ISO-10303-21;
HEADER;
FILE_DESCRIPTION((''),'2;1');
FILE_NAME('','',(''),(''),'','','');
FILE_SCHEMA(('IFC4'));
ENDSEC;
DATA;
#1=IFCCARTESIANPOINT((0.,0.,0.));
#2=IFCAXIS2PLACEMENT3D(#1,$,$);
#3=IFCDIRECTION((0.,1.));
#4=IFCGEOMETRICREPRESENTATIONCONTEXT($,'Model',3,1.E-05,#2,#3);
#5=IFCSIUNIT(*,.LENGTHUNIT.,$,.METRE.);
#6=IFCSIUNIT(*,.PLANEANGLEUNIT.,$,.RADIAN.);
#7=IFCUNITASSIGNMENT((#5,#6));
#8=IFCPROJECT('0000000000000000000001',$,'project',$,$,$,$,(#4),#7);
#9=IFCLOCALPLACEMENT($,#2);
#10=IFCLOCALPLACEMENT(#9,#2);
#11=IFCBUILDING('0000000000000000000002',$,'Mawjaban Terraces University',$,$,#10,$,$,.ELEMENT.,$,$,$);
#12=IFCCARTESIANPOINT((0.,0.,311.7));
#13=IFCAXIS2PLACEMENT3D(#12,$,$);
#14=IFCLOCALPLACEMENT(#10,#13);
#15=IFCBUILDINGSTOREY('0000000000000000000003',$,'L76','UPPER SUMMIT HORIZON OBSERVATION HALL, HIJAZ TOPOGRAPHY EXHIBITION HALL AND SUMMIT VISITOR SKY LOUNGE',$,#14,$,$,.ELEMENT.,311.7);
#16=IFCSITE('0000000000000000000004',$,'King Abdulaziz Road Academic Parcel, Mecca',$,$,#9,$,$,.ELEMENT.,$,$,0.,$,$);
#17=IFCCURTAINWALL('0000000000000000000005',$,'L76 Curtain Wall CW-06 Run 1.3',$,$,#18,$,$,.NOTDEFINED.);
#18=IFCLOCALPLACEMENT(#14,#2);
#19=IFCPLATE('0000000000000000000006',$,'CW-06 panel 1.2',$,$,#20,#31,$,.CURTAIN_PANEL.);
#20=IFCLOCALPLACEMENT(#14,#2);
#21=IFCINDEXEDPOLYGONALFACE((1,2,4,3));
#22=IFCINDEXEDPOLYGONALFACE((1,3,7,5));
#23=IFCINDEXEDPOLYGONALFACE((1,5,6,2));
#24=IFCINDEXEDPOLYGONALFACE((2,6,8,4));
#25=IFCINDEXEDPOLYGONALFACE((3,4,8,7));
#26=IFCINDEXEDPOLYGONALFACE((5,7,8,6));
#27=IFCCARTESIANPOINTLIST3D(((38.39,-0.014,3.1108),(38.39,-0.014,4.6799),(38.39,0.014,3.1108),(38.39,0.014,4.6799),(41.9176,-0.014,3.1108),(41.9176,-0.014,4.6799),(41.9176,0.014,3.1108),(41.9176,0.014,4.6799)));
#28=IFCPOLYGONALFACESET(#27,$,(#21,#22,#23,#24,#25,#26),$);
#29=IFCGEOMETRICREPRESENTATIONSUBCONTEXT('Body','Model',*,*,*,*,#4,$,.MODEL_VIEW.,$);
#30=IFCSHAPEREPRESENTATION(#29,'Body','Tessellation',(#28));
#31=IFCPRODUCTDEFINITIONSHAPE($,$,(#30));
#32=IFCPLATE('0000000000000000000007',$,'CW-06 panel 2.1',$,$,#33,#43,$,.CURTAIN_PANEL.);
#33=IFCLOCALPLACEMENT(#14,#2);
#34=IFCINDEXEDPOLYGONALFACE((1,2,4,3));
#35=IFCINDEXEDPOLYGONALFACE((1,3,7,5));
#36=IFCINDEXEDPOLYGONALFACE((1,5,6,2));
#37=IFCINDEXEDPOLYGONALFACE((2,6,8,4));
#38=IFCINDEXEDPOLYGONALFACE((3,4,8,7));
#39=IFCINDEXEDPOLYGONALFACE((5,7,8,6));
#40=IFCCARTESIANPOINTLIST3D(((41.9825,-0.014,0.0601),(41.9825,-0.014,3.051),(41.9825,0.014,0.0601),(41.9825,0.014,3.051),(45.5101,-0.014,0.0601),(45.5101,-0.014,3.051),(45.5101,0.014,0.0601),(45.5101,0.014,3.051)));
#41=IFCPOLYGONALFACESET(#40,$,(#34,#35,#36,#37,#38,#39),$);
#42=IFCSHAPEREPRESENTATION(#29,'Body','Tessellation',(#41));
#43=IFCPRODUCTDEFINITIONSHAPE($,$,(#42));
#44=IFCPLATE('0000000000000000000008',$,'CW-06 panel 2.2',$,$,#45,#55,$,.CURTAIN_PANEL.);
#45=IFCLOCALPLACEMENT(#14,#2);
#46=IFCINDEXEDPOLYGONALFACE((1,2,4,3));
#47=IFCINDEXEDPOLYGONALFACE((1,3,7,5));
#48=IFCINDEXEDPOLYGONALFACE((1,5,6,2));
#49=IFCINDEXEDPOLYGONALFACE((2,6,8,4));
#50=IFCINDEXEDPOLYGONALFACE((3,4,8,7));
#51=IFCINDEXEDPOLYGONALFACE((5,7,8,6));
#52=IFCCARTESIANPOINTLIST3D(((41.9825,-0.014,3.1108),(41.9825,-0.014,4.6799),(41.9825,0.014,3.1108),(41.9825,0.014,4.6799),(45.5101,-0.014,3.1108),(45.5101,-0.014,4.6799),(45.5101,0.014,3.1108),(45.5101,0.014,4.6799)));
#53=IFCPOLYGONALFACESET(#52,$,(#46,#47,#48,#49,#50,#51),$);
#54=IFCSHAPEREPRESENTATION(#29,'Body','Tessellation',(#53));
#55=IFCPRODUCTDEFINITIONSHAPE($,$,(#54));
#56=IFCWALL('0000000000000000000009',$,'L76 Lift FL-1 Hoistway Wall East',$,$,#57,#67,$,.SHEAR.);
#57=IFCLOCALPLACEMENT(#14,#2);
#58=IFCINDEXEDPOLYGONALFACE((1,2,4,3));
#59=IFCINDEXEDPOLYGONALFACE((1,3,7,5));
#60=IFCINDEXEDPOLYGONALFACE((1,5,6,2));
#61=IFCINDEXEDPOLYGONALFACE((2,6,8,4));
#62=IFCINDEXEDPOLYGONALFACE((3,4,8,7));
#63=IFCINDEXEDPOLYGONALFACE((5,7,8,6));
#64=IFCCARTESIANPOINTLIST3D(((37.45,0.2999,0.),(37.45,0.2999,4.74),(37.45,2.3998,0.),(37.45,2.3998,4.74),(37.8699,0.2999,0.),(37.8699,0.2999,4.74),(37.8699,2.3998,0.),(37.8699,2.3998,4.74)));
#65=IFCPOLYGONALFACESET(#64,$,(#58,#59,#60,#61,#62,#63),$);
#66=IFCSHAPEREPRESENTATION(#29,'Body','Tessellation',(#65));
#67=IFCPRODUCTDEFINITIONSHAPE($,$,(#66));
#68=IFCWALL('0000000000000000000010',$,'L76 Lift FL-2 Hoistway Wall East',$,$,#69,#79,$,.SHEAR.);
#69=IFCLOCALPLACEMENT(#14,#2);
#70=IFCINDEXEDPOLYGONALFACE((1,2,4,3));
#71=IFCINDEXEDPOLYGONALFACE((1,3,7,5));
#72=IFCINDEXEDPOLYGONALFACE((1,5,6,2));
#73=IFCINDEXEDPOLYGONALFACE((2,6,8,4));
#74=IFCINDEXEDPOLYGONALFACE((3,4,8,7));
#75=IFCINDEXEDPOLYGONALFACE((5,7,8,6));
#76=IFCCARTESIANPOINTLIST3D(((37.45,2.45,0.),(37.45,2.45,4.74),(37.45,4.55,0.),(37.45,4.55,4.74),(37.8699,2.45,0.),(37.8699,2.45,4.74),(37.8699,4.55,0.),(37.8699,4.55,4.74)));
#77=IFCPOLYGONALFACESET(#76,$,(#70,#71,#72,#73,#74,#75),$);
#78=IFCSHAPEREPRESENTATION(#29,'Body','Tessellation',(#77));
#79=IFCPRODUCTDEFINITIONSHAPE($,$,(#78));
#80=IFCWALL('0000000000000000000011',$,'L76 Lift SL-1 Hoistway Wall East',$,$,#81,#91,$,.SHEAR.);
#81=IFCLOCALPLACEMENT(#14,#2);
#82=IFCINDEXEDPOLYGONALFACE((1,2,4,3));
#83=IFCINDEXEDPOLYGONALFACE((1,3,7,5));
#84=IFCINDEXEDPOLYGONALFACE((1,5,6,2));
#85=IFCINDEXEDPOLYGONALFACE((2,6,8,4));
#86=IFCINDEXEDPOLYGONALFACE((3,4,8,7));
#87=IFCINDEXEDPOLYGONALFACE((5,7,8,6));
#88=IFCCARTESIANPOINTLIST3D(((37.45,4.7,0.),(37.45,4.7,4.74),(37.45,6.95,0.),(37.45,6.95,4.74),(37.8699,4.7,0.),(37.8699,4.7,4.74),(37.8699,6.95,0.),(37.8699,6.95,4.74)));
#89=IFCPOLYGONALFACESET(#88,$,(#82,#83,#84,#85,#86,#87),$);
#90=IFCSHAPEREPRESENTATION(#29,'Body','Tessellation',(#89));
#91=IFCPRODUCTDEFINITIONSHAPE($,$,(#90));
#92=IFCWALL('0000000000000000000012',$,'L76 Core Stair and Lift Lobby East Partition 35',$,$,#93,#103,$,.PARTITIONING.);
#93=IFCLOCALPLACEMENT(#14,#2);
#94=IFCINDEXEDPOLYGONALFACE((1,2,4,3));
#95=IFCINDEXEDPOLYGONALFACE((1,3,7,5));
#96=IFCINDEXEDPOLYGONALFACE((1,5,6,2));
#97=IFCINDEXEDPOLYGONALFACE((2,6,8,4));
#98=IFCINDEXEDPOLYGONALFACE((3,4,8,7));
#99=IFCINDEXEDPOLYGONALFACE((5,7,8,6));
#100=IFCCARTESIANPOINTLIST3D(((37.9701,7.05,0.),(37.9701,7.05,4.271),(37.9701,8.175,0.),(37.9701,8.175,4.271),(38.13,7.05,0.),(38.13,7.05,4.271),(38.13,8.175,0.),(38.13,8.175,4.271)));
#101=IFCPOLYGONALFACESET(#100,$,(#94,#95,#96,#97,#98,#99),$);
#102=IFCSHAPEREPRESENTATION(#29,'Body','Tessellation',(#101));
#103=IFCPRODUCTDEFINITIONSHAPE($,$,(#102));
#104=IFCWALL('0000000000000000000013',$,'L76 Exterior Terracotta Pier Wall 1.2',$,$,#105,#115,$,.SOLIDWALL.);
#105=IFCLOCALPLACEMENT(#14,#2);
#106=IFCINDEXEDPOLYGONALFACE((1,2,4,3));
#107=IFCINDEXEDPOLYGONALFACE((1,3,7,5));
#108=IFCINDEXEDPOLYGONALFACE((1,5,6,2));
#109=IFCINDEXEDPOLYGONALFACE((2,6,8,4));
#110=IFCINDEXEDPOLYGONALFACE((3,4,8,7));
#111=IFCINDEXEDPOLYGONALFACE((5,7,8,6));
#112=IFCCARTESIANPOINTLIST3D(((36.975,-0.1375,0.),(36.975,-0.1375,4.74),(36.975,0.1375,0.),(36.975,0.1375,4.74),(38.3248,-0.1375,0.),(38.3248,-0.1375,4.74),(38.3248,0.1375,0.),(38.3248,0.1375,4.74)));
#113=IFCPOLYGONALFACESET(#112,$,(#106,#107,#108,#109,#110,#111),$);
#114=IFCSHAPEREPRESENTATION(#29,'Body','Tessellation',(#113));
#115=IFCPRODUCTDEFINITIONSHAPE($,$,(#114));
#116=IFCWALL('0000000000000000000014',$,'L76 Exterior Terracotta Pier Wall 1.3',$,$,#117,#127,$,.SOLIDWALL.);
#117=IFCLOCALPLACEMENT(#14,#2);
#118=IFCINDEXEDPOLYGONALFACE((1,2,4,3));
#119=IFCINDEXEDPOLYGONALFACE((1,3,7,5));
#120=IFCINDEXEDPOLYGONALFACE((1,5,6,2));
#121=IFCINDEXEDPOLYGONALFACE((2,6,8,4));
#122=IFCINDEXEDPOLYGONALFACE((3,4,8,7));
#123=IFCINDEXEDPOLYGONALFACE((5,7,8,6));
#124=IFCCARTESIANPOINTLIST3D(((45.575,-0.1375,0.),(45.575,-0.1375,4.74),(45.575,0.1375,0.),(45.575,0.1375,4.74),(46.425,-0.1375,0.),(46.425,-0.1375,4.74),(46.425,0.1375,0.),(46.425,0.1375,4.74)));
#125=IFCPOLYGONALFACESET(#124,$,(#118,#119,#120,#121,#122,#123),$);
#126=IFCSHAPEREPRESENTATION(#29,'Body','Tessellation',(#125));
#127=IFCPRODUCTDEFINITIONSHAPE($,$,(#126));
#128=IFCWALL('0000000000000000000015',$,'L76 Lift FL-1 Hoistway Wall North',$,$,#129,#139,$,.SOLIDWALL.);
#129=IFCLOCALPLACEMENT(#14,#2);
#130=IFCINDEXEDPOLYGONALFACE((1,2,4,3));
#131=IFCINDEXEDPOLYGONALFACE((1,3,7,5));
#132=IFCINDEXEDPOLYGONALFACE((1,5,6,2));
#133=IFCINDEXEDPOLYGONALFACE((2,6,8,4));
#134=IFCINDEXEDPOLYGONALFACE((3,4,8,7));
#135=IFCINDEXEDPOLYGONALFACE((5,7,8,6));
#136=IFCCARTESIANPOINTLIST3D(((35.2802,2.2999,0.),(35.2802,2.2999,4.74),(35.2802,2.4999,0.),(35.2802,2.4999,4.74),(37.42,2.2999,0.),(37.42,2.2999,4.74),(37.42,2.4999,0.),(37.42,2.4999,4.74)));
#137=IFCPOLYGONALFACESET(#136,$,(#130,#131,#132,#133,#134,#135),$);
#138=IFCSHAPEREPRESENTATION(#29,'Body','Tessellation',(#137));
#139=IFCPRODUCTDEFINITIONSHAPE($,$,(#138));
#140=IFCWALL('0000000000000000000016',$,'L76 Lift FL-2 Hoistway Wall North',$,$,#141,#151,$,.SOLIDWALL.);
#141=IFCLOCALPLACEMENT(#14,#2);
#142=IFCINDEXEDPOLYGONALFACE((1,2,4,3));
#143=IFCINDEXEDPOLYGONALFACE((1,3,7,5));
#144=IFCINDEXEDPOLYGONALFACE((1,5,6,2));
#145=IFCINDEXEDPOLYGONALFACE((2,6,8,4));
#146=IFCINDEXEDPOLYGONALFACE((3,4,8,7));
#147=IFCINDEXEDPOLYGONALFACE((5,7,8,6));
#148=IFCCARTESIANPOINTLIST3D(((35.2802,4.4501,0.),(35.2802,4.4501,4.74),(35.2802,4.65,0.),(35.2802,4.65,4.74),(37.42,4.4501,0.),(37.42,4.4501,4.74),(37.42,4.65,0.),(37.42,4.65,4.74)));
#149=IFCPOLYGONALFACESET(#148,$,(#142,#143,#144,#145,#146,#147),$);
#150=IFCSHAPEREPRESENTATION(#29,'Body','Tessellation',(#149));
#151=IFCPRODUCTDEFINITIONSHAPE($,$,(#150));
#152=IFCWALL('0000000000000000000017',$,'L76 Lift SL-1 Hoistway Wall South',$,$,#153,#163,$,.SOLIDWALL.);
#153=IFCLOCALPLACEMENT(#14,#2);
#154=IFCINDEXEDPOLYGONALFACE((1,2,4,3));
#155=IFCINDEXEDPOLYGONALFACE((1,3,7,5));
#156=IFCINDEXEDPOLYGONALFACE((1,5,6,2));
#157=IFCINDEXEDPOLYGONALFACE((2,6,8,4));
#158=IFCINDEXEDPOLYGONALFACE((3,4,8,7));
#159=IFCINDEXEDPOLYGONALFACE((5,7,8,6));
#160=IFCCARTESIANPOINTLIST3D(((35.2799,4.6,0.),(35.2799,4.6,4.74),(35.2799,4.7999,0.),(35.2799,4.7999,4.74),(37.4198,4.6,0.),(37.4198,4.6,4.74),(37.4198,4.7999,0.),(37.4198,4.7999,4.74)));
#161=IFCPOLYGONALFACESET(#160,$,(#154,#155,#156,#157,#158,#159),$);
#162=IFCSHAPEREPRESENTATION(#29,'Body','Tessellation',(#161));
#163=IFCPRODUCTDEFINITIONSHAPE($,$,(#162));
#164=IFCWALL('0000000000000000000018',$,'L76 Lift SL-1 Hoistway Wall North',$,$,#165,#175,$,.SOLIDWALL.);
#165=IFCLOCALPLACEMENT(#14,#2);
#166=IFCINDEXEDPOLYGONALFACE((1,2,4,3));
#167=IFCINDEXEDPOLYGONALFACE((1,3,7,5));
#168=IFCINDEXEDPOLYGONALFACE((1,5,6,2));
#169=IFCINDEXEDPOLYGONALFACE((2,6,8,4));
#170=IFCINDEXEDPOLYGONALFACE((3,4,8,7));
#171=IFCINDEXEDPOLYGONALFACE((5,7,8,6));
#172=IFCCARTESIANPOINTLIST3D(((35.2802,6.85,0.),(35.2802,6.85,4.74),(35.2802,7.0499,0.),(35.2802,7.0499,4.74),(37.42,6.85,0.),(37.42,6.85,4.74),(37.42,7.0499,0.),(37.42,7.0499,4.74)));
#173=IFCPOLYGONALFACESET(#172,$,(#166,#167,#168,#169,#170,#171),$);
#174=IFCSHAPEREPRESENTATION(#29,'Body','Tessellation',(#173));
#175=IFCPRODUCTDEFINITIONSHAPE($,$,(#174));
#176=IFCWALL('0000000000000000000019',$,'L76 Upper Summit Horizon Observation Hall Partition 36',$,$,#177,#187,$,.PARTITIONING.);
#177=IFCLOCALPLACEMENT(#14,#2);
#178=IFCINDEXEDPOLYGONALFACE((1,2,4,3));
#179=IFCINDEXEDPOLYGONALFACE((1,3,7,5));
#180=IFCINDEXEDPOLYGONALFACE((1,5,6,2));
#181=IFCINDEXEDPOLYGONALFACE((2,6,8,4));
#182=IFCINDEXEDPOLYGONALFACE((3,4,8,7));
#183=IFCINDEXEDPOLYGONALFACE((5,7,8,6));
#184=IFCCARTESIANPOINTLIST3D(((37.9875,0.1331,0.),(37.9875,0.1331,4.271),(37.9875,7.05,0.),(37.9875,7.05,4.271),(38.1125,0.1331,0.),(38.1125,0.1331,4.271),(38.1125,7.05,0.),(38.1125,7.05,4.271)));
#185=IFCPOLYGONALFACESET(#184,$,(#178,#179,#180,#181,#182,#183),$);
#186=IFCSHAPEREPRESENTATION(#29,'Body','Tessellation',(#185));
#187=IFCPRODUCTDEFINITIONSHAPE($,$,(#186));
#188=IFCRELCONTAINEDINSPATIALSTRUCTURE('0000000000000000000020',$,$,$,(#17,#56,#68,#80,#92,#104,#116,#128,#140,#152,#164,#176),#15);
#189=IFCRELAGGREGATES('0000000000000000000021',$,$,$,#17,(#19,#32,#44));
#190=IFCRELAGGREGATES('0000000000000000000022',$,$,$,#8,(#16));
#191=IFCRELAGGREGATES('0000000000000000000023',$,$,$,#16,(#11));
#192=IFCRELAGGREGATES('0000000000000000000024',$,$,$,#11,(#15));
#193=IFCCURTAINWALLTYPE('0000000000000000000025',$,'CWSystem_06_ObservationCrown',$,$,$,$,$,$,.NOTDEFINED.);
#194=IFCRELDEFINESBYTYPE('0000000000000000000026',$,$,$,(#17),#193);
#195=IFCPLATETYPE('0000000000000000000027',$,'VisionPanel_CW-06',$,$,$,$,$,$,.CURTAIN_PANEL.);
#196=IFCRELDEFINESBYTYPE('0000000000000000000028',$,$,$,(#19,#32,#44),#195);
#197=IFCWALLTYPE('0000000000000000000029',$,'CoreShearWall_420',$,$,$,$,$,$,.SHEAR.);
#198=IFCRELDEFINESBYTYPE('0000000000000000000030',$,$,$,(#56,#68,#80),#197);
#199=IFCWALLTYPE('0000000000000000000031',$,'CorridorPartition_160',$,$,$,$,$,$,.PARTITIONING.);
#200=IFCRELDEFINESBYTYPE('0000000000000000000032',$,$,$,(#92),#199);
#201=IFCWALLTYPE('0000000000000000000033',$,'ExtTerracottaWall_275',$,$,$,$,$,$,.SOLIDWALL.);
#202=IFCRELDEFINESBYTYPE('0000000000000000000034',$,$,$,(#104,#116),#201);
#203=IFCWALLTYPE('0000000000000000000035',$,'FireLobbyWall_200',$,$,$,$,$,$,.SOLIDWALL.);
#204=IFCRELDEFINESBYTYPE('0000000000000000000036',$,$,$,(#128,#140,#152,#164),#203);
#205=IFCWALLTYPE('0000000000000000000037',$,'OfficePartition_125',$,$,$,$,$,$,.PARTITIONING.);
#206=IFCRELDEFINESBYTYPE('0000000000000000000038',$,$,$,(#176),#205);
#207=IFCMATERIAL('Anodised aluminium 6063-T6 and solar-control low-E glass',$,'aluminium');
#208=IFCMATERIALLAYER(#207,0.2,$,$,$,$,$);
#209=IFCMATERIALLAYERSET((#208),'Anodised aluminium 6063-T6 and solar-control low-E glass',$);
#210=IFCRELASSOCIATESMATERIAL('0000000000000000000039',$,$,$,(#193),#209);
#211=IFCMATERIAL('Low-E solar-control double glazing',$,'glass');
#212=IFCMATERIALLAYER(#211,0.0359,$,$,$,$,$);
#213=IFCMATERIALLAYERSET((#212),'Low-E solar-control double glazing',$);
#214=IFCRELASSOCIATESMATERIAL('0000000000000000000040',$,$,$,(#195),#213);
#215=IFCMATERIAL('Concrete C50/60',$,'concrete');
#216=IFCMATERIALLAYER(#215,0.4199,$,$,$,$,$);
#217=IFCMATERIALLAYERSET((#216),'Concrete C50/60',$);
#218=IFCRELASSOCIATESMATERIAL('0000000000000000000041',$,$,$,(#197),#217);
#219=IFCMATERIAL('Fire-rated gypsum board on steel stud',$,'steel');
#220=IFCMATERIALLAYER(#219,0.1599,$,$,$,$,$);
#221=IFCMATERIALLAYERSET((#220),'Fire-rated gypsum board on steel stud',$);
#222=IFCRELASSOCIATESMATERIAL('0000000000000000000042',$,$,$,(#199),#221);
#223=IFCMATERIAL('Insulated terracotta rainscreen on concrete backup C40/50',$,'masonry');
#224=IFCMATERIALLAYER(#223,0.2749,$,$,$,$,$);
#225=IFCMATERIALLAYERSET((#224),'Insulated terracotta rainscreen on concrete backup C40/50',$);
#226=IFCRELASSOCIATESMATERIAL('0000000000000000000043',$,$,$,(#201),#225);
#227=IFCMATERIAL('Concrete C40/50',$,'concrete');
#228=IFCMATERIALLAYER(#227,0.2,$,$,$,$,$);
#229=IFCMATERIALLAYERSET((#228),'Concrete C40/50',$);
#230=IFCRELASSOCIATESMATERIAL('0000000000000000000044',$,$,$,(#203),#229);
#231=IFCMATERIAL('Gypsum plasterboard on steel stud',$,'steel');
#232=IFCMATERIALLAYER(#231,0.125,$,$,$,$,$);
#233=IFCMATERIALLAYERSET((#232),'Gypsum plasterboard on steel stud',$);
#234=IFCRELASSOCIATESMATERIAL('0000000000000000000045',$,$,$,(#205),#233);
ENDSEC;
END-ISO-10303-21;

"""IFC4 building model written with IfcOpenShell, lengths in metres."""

from ifc_helpers import new_model, si_unit, direction, frame, frame_2d, origin, origin_2d, place, context, subcontext, project, spatial, rectangle, extrude, material, layer, layer_set, type_object, element, aggregate, save


model = new_model("IFC4")

# Units and contexts
model_context = context("Model", 3, precision=1e-05, world=origin(), true_north=direction((0.0, 1.0)))
body_context = subcontext(model_context, "Body", "Model", "MODEL_VIEW")
ifc_project = project(units=[si_unit("LENGTHUNIT", "METRE"), si_unit("PLANEANGLEUNIT", "RADIAN")], contexts=[model_context])

# Site, building, storey
site_placement = place(None, origin())
site = spatial("IfcSite", under=ifc_project, at=site_placement, Name="King Abdulaziz Road Academic Parcel, Mecca", CompositionType="ELEMENT", RefElevation=0.0)
building_placement = place(site_placement, origin())
building = spatial("IfcBuilding", under=site, at=building_placement, Name="Mawjaban Terraces University", CompositionType="ELEMENT")
storey_placement = place(building_placement, frame((0.0, 0.0, 311.7)))
storey = spatial("IfcBuildingStorey", under=building, at=storey_placement, Name="L76", Description="UPPER SUMMIT HORIZON OBSERVATION HALL, HIJAZ TOPOGRAPHY EXHIBITION HALL AND SUMMIT VISITOR SKY LOUNGE", CompositionType="ELEMENT", Elevation=311.7)

# Shared definitions
ifc_material_1 = material(Name="Concrete C50/60", Category="concrete")

# Shared definitions
ifc_material_2 = material(Name="Anodised aluminium 6063-T6 and solar-control low-E glass", Category="aluminium")
ifc_layer_1 = layer(ifc_material_2, 0.2)
ifc_layer_set_1 = layer_set([ifc_layer_1], Name="Anodised aluminium 6063-T6 and solar-control low-E glass")
curtain_wall_type = type_object("IfcCurtainWallType", Name="CWSystem_06_ObservationCrown", PredefinedType="NOTDEFINED", material=ifc_layer_set_1)

# Curtain wall, plates
curtain_wall_1_placement = place(storey_placement, origin())
curtain_wall_1 = element("IfcCurtainWall", 1, at=curtain_wall_1_placement, inside=storey, type_object=curtain_wall_type, Name="L76 Curtain Wall CW-06 Run 1.3", PredefinedType="NOTDEFINED")
ifc_material_3 = material(Name="Low-E solar-control double glazing", Category="glass")
ifc_layer_2 = layer(ifc_material_3, 0.0359)
ifc_layer_set_2 = layer_set([ifc_layer_2], Name="Low-E solar-control double glazing")
plate_type = type_object("IfcPlateType", Name="VisionPanel_CW-06", PredefinedType="CURTAIN_PANEL", material=ifc_layer_set_2)
plate_1_placement = place(storey_placement, frame((40.1538, 0.0, 3.1108), z_axis=(0.0, 0.0, 1.0), x_axis=(1.0, 0.0, 0.0)))
plate_1 = element("IfcPlate", 2, at=plate_1_placement, type_object=plate_type, Name="CW-06 panel 1.2", PredefinedType="CURTAIN_PANEL", context=body_context, shape_type="SweptSolid", body=[
    extrude(rectangle(XDim=3.5276, YDim=0.0281, at=origin_2d()), origin(), (0.0, 0.0, 1.0), 1.5691),
])
plate_2_placement = place(storey_placement, frame((43.7463, 0.0, 0.0601), z_axis=(0.0, 0.0, 1.0), x_axis=(1.0, 0.0, 0.0)))
plate_2 = element("IfcPlate", 3, at=plate_2_placement, type_object=plate_type, Name="CW-06 panel 2.1", PredefinedType="CURTAIN_PANEL", context=body_context, shape_type="SweptSolid", body=[
    extrude(rectangle(XDim=3.5276, YDim=0.0281, at=origin_2d()), origin(), (0.0, 0.0, 1.0), 2.991),
])
plate_3_placement = place(storey_placement, frame((43.7463, 0.0, 3.1108), z_axis=(0.0, 0.0, 1.0), x_axis=(1.0, 0.0, 0.0)))
plate_3 = element("IfcPlate", 4, at=plate_3_placement, type_object=plate_type, Name="CW-06 panel 2.2", PredefinedType="CURTAIN_PANEL", context=body_context, shape_type="SweptSolid", body=[
    extrude(rectangle(XDim=3.5276, YDim=0.0281, at=origin_2d()), origin(), (0.0, 0.0, 1.0), 1.5691),
])
aggregate(curtain_wall_1, [plate_1, plate_2, plate_3])

# Walls
ifc_layer_3 = layer(ifc_material_1, 0.4199)
ifc_layer_set_3 = layer_set([ifc_layer_3], Name="Concrete C50/60")
wall_type_1 = type_object("IfcWallType", Name="CoreShearWall_420", PredefinedType="SHEAR", material=ifc_layer_set_3)
wall_1_placement = place(storey_placement, frame((37.6599, 0.3, 0.0), z_axis=(0.0, 0.0, 1.0), x_axis=(0.0, 1.0, 0.0)))
element("IfcWall", 5, at=wall_1_placement, inside=storey, type_object=wall_type_1, Name="L76 Lift FL-1 Hoistway Wall East", PredefinedType="SHEAR", context=body_context, shape_type="SweptSolid", body=[
    extrude(rectangle(XDim=2.0999, YDim=0.4199, at=frame_2d((1.0498, 0.0))), origin(), (0.0, 0.0, 1.0), 4.74),
])
wall_2_placement = place(storey_placement, frame((37.6599, 2.45, 0.0), z_axis=(0.0, 0.0, 1.0), x_axis=(0.0, 1.0, 0.0)))
element("IfcWall", 6, at=wall_2_placement, inside=storey, type_object=wall_type_1, Name="L76 Lift FL-2 Hoistway Wall East", PredefinedType="SHEAR", context=body_context, shape_type="SweptSolid", body=[
    extrude(rectangle(XDim=2.1001, YDim=0.4199, at=frame_2d((1.05, 0.0))), origin(), (0.0, 0.0, 1.0), 4.74),
])
wall_3_placement = place(storey_placement, frame((37.6599, 4.7, 0.0), z_axis=(0.0, 0.0, 1.0), x_axis=(0.0, 1.0, 0.0)))
element("IfcWall", 7, at=wall_3_placement, inside=storey, type_object=wall_type_1, Name="L76 Lift SL-1 Hoistway Wall East", PredefinedType="SHEAR", context=body_context, shape_type="SweptSolid", body=[
    extrude(rectangle(XDim=2.25, YDim=0.4199, at=frame_2d((1.125, 0.0))), origin(), (0.0, 0.0, 1.0), 4.74),
])
ifc_material_4 = material(Name="Fire-rated gypsum board on steel stud", Category="steel")
ifc_layer_4 = layer(ifc_material_4, 0.1599)
ifc_layer_set_4 = layer_set([ifc_layer_4], Name="Fire-rated gypsum board on steel stud")
wall_type_2 = type_object("IfcWallType", Name="CorridorPartition_160", PredefinedType="PARTITIONING", material=ifc_layer_set_4)
wall_4_placement = place(storey_placement, frame((38.05, 7.05, 0.0), z_axis=(0.0, 0.0, 1.0), x_axis=(0.0, 1.0, 0.0)))
element("IfcWall", 8, at=wall_4_placement, inside=storey, type_object=wall_type_2, Name="L76 Core Stair and Lift Lobby East Partition 35", PredefinedType="PARTITIONING", context=body_context, shape_type="SweptSolid", body=[
    extrude(rectangle(XDim=1.125, YDim=0.1599, at=frame_2d((0.5625, 0.0))), origin(), (0.0, 0.0, 1.0), 4.271),
])
ifc_material_5 = material(Name="Insulated terracotta rainscreen on concrete backup C40/50", Category="masonry")
ifc_layer_5 = layer(ifc_material_5, 0.2749)
ifc_layer_set_5 = layer_set([ifc_layer_5], Name="Insulated terracotta rainscreen on concrete backup C40/50")
wall_type_3 = type_object("IfcWallType", Name="ExtTerracottaWall_275", PredefinedType="SOLIDWALL", material=ifc_layer_set_5)
wall_5_placement = place(storey_placement, frame((36.9751, 0.0, 0.0), z_axis=(0.0, 0.0, 1.0), x_axis=(1.0, 0.0, 0.0)))
element("IfcWall", 9, at=wall_5_placement, inside=storey, type_object=wall_type_3, Name="L76 Exterior Terracotta Pier Wall 1.2", PredefinedType="SOLIDWALL", context=body_context, shape_type="SweptSolid", body=[
    extrude(rectangle(XDim=1.3499, YDim=0.2749, at=frame_2d((0.6748, 0.0))), origin(), (0.0, 0.0, 1.0), 4.74),
])
wall_6_placement = place(storey_placement, frame((45.575, 0.0, 0.0), z_axis=(0.0, 0.0, 1.0), x_axis=(1.0, 0.0, 0.0)))
element("IfcWall", 10, at=wall_6_placement, inside=storey, type_object=wall_type_3, Name="L76 Exterior Terracotta Pier Wall 1.3", PredefinedType="SOLIDWALL", context=body_context, shape_type="SweptSolid", body=[
    extrude(rectangle(XDim=0.8501, YDim=0.2749, at=frame_2d((0.425, 0.0))), origin(), (0.0, 0.0, 1.0), 4.74),
])
ifc_material_6 = material(Name="Concrete C40/50", Category="concrete")
ifc_layer_6 = layer(ifc_material_6, 0.2)
ifc_layer_set_6 = layer_set([ifc_layer_6], Name="Concrete C40/50")
wall_type_4 = type_object("IfcWallType", Name="FireLobbyWall_200", PredefinedType="SOLIDWALL", material=ifc_layer_set_6)
for number, where, z_axis, x_axis, name in (
    (11, (37.4199, 2.3999, 0.0), (0.0, 0.0, 1.0), (-1.0, 0.0, 0.0), "L76 Lift FL-1 Hoistway Wall North"),
    (12, (37.4199, 4.55, 0.0), (0.0, 0.0, 1.0), (-1.0, 0.0, 0.0), "L76 Lift FL-2 Hoistway Wall North"),
    (13, (35.28, 4.7, 0.0), (0.0, 0.0, 1.0), (1.0, 0.0, 0.0), "L76 Lift SL-1 Hoistway Wall South"),
    (14, (37.4199, 6.95, 0.0), (0.0, 0.0, 1.0), (-1.0, 0.0, 0.0), "L76 Lift SL-1 Hoistway Wall North"),
):
    element("IfcWall", number, at=place(storey_placement, frame(where, z_axis=z_axis, x_axis=x_axis)), inside=storey, type_object=wall_type_4, Name=name, PredefinedType="SOLIDWALL", context=body_context, shape_type="SweptSolid", body=[
        extrude(rectangle(XDim=2.1399, YDim=0.2, at=frame_2d((1.0698, 0.0))), origin(), (0.0, 0.0, 1.0), 4.74),
    ])
ifc_material_7 = material(Name="Gypsum plasterboard on steel stud", Category="steel")
ifc_layer_7 = layer(ifc_material_7, 0.125)
ifc_layer_set_7 = layer_set([ifc_layer_7], Name="Gypsum plasterboard on steel stud")
wall_type_5 = type_object("IfcWallType", Name="OfficePartition_125", PredefinedType="PARTITIONING", material=ifc_layer_set_7)
wall_7_placement = place(storey_placement, frame((38.05, 7.05, 0.0), z_axis=(0.0, 0.0, 1.0), x_axis=(0.0, -1.0, 0.0)))
element("IfcWall", 15, at=wall_7_placement, inside=storey, type_object=wall_type_5, Name="L76 Upper Summit Horizon Observation Hall Partition 36", PredefinedType="PARTITIONING", context=body_context, shape_type="SweptSolid", body=[
    extrude(rectangle(XDim=6.917, YDim=0.125, at=frame_2d((3.4585, 0.0))), origin(), (0.0, 0.0, 1.0), 4.271),
])

save(model, "model.ifc")
